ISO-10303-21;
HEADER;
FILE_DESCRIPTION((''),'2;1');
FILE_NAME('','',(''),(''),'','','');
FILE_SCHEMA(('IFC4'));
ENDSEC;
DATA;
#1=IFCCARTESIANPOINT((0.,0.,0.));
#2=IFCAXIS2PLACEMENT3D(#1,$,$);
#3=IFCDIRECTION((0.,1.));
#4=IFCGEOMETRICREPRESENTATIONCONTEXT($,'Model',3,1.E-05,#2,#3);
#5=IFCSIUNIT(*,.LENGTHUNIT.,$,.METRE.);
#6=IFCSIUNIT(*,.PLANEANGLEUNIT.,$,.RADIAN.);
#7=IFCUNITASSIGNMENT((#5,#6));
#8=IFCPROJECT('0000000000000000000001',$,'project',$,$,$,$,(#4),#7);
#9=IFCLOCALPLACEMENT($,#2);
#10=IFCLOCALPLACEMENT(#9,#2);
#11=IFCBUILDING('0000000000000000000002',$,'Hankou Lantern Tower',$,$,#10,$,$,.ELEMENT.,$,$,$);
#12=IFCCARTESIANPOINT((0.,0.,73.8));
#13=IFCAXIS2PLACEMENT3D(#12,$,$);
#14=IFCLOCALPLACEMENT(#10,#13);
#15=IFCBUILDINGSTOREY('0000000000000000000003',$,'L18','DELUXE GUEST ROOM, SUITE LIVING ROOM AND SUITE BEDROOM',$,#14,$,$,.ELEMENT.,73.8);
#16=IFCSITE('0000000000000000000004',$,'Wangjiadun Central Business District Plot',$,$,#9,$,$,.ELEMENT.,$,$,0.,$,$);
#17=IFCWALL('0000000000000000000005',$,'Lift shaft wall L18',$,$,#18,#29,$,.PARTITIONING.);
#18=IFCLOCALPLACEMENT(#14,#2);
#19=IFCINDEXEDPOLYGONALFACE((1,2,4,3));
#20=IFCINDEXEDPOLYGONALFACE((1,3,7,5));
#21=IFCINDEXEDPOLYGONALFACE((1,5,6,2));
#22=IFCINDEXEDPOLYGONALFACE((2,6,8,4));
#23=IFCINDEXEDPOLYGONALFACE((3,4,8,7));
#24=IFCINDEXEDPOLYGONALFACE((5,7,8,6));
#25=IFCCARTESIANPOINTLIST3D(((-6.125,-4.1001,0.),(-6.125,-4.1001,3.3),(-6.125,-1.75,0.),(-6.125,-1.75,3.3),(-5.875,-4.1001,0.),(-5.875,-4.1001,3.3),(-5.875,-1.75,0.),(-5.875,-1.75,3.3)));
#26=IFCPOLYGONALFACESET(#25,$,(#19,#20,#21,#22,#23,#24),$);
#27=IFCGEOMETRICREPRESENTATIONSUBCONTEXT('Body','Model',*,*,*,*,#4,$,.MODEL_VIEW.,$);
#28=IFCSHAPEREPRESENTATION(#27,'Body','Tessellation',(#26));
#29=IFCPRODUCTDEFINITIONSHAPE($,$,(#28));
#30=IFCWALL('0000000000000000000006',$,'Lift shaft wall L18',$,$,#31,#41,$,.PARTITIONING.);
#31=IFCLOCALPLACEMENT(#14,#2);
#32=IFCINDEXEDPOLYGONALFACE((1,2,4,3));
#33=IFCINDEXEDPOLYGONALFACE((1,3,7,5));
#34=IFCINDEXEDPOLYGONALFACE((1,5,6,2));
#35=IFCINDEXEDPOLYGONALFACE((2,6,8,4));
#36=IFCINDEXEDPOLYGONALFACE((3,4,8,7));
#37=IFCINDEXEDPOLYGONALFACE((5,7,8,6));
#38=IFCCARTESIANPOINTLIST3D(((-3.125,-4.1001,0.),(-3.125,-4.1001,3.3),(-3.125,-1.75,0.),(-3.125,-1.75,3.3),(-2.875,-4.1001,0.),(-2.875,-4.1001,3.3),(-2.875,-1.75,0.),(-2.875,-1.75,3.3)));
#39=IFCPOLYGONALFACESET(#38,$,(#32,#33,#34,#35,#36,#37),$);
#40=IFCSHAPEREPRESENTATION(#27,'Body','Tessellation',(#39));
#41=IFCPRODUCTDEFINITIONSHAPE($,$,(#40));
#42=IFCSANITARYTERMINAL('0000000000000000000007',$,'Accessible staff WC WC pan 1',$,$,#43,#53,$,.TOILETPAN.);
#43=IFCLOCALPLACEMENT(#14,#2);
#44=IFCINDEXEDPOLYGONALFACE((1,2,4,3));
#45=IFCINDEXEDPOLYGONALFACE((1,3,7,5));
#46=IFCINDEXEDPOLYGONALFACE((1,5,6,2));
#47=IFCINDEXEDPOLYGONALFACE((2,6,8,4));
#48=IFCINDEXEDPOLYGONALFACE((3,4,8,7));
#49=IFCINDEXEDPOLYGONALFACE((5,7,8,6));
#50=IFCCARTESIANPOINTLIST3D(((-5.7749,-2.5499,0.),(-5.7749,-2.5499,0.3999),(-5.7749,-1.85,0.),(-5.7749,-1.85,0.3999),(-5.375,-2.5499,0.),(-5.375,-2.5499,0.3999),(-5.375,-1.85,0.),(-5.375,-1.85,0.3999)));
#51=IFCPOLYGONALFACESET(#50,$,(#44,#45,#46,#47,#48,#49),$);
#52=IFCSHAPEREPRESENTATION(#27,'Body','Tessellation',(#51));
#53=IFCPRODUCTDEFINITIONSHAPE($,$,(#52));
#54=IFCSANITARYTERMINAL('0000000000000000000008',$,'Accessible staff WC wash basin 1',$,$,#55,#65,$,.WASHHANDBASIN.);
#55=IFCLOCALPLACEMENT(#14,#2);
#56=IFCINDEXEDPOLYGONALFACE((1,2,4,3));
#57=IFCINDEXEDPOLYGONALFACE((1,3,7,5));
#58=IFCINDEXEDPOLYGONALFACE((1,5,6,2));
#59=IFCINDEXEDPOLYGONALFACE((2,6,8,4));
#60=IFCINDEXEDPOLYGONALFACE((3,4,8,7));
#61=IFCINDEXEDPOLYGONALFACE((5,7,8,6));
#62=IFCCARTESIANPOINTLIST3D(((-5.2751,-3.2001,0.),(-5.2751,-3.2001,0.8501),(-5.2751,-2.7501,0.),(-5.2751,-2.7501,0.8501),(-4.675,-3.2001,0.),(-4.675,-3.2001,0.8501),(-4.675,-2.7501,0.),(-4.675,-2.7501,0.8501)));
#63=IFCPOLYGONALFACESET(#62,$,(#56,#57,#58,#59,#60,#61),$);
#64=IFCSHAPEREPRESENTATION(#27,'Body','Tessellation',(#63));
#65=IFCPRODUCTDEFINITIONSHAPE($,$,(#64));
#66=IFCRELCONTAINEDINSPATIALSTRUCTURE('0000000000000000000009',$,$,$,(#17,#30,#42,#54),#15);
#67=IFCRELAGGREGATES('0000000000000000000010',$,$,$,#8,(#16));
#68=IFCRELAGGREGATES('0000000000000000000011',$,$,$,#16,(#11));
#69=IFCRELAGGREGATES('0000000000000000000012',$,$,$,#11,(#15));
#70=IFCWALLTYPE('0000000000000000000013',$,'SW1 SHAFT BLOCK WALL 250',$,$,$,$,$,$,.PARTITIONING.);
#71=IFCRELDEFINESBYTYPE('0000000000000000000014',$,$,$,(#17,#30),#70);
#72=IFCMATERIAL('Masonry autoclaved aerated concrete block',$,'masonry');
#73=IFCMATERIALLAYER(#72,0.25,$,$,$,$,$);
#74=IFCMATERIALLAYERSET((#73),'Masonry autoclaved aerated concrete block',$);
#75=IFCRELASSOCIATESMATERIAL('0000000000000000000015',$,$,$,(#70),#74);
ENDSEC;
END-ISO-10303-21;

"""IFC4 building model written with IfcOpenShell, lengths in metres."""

from ifc_helpers import new_model, si_unit, direction, frame, frame_2d, origin, origin_2d, place, context, subcontext, project, spatial, rectangle, extrude, material, layer, layer_set, type_object, element, save


model = new_model("IFC4")

# Units and contexts
model_context = context("Model", 3, precision=1e-05, world=origin(), true_north=direction((0.0, 1.0)))
body_context = subcontext(model_context, "Body", "Model", "MODEL_VIEW")
ifc_project = project(units=[si_unit("LENGTHUNIT", "METRE"), si_unit("PLANEANGLEUNIT", "RADIAN")], contexts=[model_context])

# Site, building, storey
site_placement = place(None, origin())
site = spatial("IfcSite", under=ifc_project, at=site_placement, Name="Wangjiadun Central Business District Plot", CompositionType="ELEMENT", RefElevation=0.0)
building_placement = place(site_placement, origin())
building = spatial("IfcBuilding", under=site, at=building_placement, Name="Hankou Lantern Tower", CompositionType="ELEMENT")
storey_placement = place(building_placement, frame((0.0, 0.0, 73.8)))
storey = spatial("IfcBuildingStorey", under=building, at=storey_placement, Name="L18", Description="DELUXE GUEST ROOM, SUITE LIVING ROOM AND SUITE BEDROOM", CompositionType="ELEMENT", Elevation=73.8)

# Walls
ifc_material_1 = material(Name="Masonry autoclaved aerated concrete block", Category="masonry")
ifc_layer_1 = layer(ifc_material_1, 0.25)
ifc_layer_set_1 = layer_set([ifc_layer_1], Name="Masonry autoclaved aerated concrete block")
wall_type_1 = type_object("IfcWallType", Name="SW1 SHAFT BLOCK WALL 250", PredefinedType="PARTITIONING", material=ifc_layer_set_1)
for number, where, z_axis, x_axis, name in (
    (1, (-6.0, -4.1001, 0.0), (0.0, 0.0, 1.0), (0.0, 1.0, 0.0), "Lift shaft wall L18"),
    (2, (-3.0, -4.1001, 0.0), (0.0, 0.0, 1.0), (0.0, 1.0, 0.0), "Lift shaft wall L18"),
):
    element("IfcWall", number, at=place(storey_placement, frame(where, z_axis=z_axis, x_axis=x_axis)), inside=storey, type_object=wall_type_1, Name=name, PredefinedType="PARTITIONING", context=body_context, shape_type="SweptSolid", body=[
        extrude(rectangle(XDim=2.3501, YDim=0.25, at=frame_2d((1.175, 0.0))), origin(), (0.0, 0.0, 1.0), 3.3),
    ])

# Sanitary terminals
sanitary_terminal_1_placement = place(storey_placement, frame((-5.575, -2.2, 0.0), z_axis=(0.0, 0.0, 1.0), x_axis=(1.0, 0.0, 0.0)))
element("IfcSanitaryTerminal", 3, at=sanitary_terminal_1_placement, inside=storey, Name="Accessible staff WC WC pan 1", PredefinedType="TOILETPAN", context=body_context, shape_type="SweptSolid", body=[
    extrude(rectangle(XDim=0.3999, YDim=0.7, at=origin_2d()), origin(), (0.0, 0.0, 1.0), 0.3999),
])
sanitary_terminal_2_placement = place(storey_placement, frame((-4.9751, -2.9751, 0.0), z_axis=(0.0, 0.0, 1.0), x_axis=(1.0, 0.0, 0.0)))
element("IfcSanitaryTerminal", 4, at=sanitary_terminal_2_placement, inside=storey, Name="Accessible staff WC wash basin 1", PredefinedType="WASHHANDBASIN", context=body_context, shape_type="SweptSolid", body=[
    extrude(rectangle(XDim=0.6001, YDim=0.45, at=origin_2d()), origin(), (0.0, 0.0, 1.0), 0.8501),
])

save(model, "model.ifc")
